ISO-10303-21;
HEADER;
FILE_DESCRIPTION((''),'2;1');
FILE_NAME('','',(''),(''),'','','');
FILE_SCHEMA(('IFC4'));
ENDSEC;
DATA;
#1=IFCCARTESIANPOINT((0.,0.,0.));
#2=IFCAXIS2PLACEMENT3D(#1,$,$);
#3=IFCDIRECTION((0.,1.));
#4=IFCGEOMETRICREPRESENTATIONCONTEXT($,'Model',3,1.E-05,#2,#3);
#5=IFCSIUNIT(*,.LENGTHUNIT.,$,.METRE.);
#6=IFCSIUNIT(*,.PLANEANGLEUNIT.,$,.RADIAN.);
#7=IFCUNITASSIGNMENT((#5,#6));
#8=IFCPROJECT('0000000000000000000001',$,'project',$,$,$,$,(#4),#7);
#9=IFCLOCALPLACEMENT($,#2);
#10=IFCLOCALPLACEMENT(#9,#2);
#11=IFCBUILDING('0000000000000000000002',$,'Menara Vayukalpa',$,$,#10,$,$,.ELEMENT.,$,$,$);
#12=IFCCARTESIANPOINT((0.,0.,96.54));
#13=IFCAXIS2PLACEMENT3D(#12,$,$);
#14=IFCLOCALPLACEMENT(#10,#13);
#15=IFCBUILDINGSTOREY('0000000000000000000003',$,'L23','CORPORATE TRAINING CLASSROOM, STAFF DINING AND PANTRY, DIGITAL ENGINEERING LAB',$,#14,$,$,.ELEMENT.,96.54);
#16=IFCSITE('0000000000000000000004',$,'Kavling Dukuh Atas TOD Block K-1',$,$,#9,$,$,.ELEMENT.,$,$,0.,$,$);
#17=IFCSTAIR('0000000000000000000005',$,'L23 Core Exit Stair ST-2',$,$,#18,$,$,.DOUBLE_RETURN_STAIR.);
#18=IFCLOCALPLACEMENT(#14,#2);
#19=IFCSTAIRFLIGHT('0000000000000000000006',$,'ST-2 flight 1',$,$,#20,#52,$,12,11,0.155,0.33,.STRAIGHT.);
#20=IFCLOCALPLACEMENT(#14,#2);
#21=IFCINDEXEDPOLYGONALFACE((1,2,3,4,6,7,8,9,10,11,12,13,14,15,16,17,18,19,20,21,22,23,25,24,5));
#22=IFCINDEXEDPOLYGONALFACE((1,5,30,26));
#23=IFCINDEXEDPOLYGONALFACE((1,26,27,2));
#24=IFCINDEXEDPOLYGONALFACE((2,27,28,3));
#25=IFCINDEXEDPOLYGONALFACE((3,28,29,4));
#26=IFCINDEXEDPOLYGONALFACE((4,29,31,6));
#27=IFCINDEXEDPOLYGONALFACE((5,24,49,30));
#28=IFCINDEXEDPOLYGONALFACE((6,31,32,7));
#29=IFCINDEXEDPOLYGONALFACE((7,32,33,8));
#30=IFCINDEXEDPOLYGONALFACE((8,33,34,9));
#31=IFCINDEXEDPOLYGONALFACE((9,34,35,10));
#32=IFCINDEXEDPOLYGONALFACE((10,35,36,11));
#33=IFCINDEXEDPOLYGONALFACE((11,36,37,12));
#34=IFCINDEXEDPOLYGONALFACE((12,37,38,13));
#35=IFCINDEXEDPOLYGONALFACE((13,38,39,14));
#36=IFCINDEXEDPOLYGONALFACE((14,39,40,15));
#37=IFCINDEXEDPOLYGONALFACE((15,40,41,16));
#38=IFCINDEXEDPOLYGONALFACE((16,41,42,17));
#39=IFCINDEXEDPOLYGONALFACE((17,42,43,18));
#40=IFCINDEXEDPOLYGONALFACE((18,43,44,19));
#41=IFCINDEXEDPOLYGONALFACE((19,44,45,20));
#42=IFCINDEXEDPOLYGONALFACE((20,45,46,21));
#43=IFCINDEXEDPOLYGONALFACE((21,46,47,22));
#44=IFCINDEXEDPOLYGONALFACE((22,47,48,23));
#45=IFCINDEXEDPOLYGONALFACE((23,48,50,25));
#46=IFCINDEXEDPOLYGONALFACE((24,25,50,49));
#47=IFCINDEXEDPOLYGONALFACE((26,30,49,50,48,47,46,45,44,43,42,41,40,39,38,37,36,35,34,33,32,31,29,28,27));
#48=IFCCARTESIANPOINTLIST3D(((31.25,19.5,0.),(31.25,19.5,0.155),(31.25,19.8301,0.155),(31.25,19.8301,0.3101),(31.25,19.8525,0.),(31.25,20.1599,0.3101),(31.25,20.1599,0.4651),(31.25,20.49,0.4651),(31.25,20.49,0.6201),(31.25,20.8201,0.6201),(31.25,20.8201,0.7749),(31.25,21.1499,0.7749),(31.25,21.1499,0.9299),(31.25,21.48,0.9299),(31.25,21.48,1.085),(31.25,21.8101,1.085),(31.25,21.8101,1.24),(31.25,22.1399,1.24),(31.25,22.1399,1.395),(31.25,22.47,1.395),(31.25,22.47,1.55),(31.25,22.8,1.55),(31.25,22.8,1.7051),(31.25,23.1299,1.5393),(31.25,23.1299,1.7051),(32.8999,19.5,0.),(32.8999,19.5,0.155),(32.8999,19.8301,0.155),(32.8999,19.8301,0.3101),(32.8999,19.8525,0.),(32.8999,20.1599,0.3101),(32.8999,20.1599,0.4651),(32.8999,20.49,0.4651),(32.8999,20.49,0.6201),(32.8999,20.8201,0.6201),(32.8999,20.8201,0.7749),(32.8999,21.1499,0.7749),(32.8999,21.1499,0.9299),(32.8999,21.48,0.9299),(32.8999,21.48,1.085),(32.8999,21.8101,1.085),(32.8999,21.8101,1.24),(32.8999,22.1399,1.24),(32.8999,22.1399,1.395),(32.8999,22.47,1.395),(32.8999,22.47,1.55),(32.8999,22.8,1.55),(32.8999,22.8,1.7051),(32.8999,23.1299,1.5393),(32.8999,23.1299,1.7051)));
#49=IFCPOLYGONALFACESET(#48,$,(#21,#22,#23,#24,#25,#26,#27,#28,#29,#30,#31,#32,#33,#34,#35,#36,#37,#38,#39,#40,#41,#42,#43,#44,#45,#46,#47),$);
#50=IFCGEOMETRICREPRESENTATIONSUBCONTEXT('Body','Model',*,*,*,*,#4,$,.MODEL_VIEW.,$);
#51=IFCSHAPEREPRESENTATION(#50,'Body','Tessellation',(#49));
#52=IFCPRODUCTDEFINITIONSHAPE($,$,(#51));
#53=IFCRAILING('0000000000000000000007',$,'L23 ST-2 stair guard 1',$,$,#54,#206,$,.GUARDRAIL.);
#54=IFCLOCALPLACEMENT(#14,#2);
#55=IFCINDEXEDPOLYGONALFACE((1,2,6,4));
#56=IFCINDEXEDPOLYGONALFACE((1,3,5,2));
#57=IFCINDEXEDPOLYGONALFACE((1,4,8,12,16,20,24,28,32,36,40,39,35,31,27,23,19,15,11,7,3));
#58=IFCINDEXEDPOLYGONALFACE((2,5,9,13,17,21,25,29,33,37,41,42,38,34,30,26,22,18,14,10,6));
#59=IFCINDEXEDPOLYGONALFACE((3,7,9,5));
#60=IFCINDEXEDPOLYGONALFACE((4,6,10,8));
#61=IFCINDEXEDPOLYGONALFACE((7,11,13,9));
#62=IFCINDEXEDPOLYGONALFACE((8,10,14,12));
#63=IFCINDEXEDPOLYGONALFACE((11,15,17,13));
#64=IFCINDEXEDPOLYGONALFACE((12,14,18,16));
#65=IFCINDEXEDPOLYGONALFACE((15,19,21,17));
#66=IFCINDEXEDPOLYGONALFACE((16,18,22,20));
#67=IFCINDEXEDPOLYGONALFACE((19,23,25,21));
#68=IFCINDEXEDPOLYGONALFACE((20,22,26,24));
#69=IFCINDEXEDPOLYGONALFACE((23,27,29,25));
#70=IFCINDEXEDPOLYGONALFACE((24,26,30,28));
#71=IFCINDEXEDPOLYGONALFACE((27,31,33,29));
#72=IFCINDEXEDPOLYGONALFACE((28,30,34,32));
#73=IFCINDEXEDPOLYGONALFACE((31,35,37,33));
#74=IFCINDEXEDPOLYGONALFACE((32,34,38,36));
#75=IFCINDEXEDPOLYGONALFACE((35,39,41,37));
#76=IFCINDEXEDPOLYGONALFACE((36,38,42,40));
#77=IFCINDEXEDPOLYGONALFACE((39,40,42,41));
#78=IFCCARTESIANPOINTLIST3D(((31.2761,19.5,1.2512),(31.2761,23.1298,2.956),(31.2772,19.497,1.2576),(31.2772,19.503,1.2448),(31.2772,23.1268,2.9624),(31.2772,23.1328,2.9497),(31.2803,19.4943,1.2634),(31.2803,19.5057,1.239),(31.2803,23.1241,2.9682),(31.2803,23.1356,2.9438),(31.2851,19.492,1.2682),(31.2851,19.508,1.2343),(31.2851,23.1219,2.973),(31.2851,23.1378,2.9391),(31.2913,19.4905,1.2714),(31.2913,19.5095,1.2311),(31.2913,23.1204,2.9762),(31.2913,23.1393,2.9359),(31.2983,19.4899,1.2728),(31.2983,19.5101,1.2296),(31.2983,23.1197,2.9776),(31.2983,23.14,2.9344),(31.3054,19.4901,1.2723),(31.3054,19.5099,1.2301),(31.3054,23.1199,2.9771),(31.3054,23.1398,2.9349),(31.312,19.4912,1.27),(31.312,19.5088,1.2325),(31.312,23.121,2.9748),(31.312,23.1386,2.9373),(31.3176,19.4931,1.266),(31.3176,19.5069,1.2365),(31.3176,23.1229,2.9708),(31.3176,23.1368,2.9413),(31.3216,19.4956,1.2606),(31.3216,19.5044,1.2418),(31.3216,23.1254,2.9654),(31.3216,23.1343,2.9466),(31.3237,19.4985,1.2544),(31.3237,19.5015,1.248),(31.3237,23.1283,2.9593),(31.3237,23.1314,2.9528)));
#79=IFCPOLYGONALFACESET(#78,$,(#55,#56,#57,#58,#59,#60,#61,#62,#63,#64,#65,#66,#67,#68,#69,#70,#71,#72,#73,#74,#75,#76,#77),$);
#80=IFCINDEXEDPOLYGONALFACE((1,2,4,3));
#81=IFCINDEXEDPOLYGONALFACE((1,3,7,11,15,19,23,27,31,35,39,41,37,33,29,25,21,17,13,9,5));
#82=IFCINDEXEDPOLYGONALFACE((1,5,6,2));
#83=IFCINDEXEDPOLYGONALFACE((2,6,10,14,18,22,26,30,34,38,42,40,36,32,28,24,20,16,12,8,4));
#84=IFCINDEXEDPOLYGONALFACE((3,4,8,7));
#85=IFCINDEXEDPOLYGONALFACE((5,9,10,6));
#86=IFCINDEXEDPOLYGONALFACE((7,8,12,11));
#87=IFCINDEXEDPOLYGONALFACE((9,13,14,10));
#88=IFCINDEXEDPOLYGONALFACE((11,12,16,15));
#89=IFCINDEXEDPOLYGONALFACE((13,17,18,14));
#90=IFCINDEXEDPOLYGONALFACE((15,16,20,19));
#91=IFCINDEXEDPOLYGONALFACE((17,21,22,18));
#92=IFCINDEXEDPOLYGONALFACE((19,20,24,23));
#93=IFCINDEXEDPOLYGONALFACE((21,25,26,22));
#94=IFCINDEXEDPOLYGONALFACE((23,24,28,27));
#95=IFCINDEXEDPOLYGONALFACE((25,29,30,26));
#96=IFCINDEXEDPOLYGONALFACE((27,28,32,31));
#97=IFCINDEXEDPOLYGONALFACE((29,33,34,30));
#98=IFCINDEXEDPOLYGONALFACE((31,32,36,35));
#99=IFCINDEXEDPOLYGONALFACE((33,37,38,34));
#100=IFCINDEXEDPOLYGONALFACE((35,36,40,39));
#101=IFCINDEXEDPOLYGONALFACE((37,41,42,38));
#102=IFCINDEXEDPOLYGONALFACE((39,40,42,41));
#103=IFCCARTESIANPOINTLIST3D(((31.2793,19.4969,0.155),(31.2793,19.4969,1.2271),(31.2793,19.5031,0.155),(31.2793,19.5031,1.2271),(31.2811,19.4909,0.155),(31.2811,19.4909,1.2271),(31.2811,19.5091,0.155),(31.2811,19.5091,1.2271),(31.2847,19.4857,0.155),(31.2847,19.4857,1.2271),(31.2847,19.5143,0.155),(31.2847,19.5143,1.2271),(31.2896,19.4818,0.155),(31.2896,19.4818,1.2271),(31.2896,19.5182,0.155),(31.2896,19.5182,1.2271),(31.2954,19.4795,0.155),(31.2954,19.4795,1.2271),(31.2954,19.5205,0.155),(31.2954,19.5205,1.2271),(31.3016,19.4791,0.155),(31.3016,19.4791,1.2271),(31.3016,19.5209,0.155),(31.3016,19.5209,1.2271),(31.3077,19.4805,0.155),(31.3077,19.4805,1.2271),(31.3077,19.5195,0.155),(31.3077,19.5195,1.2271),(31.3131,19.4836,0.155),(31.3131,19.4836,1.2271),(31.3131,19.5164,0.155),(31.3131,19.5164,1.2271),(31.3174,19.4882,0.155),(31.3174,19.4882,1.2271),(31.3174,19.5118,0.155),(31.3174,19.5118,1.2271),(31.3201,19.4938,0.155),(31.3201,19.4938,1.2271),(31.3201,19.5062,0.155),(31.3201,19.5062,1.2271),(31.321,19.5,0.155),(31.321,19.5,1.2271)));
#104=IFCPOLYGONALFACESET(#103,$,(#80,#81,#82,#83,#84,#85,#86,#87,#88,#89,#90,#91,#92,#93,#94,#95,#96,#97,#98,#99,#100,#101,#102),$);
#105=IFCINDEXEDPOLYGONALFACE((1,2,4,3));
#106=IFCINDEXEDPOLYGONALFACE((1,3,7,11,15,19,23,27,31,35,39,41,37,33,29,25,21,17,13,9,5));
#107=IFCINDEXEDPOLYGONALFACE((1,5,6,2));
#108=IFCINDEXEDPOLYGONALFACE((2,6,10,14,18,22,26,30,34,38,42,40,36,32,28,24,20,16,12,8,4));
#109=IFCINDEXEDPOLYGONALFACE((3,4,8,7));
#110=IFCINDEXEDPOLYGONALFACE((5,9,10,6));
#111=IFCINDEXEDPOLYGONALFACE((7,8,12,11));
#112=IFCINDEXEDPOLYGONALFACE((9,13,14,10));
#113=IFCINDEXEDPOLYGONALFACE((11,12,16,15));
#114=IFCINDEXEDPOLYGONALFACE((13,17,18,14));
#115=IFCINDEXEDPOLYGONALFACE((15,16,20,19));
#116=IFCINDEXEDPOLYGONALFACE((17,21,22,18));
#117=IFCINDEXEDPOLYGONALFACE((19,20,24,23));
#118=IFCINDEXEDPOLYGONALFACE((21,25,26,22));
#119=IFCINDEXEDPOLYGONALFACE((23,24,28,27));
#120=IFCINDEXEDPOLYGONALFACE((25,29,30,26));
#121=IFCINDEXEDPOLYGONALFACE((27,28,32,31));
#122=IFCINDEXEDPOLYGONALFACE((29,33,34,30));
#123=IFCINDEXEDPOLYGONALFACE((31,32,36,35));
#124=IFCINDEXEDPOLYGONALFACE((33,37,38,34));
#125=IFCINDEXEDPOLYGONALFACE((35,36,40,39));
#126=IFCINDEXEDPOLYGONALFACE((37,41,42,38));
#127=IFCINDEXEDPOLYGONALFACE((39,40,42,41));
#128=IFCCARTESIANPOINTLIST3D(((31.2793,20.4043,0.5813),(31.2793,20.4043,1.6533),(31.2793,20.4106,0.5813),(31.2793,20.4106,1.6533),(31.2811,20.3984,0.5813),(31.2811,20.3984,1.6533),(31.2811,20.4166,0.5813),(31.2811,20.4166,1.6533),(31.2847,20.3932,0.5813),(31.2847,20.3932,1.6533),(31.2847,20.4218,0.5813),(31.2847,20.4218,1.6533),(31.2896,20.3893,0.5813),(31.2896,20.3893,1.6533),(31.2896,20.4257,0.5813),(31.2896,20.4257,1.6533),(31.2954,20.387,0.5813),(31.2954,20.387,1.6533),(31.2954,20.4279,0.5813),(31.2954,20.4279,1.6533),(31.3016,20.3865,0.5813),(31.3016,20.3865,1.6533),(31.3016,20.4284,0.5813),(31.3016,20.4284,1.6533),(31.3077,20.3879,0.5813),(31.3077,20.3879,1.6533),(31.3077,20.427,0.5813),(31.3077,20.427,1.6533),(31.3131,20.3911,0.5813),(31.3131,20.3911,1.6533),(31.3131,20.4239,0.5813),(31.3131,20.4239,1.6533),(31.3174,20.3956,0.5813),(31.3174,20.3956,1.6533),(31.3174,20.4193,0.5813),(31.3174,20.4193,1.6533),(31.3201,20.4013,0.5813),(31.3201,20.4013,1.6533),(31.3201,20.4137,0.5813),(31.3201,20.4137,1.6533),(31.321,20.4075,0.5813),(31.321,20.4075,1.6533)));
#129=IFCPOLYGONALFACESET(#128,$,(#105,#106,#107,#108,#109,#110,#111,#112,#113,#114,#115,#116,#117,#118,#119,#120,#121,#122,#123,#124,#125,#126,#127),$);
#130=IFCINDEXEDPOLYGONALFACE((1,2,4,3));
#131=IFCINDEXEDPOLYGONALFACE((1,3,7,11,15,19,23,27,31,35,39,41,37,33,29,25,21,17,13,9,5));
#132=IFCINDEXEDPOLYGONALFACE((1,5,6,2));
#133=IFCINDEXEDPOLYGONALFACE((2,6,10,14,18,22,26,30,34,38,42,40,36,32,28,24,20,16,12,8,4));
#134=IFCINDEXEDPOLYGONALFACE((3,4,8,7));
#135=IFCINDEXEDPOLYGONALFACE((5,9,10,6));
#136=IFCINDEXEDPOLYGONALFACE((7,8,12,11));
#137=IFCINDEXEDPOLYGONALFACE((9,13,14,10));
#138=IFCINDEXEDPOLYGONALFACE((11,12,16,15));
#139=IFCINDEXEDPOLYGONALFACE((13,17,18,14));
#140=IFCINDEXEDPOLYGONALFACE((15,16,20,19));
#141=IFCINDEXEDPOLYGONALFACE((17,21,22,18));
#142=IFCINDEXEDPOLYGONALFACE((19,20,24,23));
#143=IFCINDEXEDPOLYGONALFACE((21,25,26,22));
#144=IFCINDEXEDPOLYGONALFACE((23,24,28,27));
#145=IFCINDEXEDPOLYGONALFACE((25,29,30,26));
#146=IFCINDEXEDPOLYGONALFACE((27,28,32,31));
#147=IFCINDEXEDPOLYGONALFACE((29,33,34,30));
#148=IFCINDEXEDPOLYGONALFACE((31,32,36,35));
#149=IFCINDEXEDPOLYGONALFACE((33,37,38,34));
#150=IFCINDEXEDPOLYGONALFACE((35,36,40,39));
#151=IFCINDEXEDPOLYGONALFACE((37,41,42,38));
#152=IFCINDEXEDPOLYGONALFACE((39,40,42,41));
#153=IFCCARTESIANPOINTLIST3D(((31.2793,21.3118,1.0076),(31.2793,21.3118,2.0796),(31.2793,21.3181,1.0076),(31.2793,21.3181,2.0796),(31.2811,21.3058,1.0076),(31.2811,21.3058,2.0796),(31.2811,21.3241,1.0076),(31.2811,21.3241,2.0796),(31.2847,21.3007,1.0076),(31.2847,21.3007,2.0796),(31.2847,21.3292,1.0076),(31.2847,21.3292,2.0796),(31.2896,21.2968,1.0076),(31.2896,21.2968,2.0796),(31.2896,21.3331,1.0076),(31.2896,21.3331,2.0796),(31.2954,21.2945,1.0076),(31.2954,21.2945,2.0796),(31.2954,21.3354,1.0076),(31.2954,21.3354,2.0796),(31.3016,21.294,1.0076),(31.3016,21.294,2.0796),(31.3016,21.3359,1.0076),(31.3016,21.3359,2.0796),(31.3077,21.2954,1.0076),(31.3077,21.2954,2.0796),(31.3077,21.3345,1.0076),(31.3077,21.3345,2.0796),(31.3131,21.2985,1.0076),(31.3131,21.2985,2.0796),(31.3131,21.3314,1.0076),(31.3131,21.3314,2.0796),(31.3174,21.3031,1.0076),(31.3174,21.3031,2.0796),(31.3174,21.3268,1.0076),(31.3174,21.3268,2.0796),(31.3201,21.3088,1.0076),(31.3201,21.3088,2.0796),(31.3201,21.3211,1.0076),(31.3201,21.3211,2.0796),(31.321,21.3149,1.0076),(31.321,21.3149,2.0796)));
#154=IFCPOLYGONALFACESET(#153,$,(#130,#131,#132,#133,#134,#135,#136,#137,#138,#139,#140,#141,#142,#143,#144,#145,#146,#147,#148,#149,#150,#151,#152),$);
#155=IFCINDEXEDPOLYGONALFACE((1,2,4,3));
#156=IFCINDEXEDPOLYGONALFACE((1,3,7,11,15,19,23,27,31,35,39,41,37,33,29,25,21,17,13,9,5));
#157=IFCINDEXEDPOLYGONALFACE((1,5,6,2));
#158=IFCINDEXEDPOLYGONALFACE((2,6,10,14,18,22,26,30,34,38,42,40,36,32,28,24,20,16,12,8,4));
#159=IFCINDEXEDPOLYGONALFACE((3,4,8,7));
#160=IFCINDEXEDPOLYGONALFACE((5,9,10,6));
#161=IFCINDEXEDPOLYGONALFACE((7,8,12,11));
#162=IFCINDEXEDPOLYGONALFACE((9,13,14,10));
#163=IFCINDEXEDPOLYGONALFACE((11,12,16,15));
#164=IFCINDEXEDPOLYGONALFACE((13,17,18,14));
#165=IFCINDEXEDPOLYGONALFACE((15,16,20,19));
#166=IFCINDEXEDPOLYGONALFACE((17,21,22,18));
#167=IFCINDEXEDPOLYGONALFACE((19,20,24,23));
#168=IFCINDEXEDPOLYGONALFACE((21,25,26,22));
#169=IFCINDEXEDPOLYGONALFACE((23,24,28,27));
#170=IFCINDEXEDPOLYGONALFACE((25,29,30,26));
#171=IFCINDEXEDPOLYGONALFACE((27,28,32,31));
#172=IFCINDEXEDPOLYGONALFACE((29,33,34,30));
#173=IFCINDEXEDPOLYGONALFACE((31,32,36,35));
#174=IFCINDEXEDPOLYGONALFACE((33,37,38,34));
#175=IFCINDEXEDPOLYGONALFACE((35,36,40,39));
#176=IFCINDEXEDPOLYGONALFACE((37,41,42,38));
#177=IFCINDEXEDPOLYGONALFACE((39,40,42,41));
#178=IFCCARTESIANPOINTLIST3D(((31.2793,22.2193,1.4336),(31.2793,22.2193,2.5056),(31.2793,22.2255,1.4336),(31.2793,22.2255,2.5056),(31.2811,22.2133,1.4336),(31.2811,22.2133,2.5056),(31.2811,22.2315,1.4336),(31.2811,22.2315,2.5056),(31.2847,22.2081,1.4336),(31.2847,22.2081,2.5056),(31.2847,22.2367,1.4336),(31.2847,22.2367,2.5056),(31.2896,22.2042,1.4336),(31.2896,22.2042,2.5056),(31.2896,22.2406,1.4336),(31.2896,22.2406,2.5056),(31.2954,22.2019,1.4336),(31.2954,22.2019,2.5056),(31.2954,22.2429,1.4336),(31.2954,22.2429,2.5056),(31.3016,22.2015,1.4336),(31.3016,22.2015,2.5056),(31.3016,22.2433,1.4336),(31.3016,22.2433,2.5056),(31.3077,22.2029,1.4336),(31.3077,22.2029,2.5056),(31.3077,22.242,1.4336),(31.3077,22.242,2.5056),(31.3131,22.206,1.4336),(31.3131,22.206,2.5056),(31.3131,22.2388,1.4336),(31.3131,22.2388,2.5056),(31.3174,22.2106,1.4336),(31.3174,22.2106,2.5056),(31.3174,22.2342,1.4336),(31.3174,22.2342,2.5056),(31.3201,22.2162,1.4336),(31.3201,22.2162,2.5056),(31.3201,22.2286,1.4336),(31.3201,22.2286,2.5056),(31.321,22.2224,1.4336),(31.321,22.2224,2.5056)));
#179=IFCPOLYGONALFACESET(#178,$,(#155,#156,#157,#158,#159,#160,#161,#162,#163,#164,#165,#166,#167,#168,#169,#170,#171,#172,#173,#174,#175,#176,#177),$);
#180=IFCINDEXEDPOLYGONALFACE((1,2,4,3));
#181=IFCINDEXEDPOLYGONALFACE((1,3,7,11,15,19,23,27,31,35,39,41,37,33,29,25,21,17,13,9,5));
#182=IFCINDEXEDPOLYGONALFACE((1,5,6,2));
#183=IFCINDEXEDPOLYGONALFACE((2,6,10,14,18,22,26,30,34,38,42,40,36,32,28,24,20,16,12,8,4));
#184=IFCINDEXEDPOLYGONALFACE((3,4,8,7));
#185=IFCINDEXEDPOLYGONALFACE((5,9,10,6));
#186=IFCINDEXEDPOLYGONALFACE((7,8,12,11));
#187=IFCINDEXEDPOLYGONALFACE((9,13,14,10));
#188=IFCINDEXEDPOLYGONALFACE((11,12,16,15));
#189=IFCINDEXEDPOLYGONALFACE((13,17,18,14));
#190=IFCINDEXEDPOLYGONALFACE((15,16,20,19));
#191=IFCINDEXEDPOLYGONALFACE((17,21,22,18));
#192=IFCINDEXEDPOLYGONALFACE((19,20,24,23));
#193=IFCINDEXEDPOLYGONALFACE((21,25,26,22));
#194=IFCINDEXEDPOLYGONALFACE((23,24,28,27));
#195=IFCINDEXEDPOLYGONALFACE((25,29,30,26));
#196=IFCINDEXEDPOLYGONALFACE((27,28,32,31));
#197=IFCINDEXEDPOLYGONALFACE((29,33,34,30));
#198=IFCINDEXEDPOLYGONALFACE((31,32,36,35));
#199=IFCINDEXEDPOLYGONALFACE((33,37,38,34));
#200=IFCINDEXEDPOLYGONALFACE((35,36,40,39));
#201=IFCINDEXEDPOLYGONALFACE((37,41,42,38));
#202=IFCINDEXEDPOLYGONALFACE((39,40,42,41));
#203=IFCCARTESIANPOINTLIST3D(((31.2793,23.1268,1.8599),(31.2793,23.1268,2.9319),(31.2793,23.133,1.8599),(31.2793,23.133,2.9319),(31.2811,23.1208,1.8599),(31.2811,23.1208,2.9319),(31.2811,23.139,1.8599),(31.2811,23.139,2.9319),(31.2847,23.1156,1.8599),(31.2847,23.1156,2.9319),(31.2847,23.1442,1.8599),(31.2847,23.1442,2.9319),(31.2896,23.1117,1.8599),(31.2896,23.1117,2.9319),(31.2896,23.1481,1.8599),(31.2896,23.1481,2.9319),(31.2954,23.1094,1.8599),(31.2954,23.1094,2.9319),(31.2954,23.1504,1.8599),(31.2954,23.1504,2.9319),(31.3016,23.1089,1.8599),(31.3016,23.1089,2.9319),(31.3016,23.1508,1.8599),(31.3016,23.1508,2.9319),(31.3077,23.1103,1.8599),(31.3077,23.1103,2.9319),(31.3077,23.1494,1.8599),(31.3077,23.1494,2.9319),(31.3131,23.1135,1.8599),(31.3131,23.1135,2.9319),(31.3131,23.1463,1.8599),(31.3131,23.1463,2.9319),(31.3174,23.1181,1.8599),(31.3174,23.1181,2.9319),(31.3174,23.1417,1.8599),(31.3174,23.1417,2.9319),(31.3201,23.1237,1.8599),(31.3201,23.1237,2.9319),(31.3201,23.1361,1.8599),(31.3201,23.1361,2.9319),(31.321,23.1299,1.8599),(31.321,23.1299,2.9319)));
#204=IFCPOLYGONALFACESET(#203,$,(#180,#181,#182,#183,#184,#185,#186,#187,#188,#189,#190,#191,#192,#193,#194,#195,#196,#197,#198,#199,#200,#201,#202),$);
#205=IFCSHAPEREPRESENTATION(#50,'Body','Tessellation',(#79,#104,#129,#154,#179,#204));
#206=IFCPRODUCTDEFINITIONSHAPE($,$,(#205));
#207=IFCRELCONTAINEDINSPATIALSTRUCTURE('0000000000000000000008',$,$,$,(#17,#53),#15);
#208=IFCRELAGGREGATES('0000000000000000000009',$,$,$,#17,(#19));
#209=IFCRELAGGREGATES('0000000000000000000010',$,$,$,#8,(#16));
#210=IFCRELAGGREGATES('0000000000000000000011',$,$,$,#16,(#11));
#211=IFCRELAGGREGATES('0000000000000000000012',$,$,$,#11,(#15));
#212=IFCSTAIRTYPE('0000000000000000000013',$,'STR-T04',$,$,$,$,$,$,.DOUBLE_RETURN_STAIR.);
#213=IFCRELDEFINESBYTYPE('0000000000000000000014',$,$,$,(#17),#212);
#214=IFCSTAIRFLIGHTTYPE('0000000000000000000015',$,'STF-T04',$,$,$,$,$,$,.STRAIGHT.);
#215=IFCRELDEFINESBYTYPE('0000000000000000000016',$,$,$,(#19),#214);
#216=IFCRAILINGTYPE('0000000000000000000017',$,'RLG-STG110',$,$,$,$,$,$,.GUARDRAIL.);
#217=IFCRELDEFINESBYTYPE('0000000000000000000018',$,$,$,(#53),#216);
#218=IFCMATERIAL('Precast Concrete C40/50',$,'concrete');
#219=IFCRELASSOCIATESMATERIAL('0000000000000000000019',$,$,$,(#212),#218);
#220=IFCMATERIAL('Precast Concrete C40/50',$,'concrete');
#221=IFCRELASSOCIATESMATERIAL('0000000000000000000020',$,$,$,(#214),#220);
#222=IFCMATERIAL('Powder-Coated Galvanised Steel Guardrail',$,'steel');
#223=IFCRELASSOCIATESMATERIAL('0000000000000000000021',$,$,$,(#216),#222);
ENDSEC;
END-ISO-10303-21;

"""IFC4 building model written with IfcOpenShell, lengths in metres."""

from ifc_helpers import new_model, si_unit, direction, frame, origin, origin_2d, place, context, subcontext, project, spatial, polyline, circle, outline, extrude, material, type_object, element, aggregate, save


model = new_model("IFC4")

# Units and contexts
model_context = context("Model", 3, precision=1e-05, world=origin(), true_north=direction((0.0, 1.0)))
body_context = subcontext(model_context, "Body", "Model", "MODEL_VIEW")
ifc_project = project(units=[si_unit("LENGTHUNIT", "METRE"), si_unit("PLANEANGLEUNIT", "RADIAN")], contexts=[model_context])

# Site, building, storey
site_placement = place(None, origin())
site = spatial("IfcSite", under=ifc_project, at=site_placement, Name="Kavling Dukuh Atas TOD Block K-1", CompositionType="ELEMENT", RefElevation=0.0)
building_placement = place(site_placement, origin())
building = spatial("IfcBuilding", under=site, at=building_placement, Name="Menara Vayukalpa", CompositionType="ELEMENT")
storey_placement = place(building_placement, frame((0.0, 0.0, 96.54)))
storey = spatial("IfcBuildingStorey", under=building, at=storey_placement, Name="L23", Description="CORPORATE TRAINING CLASSROOM, STAFF DINING AND PANTRY, DIGITAL ENGINEERING LAB", CompositionType="ELEMENT", Elevation=96.54)

# Stair, stair flight
ifc_material_1 = material(Name="Precast Concrete C40/50", Category="concrete")
stair_type = type_object("IfcStairType", Name="STR-T04", PredefinedType="DOUBLE_RETURN_STAIR", material=ifc_material_1)
stair_placement = place(storey_placement, origin())
stair = element("IfcStair", 1, at=stair_placement, inside=storey, type_object=stair_type, Name="L23 Core Exit Stair ST-2", PredefinedType="DOUBLE_RETURN_STAIR")
ifc_material_2 = material(Name="Precast Concrete C40/50", Category="concrete")
stair_flight_type = type_object("IfcStairFlightType", Name="STF-T04", PredefinedType="STRAIGHT", material=ifc_material_2)
stair_flight_placement = place(storey_placement, frame((32.075, 19.5, 0.0), z_axis=(0.0, 0.0, 1.0), x_axis=(0.0, 1.0, 0.0)))
stair_flight = element("IfcStairFlight", 2, at=stair_flight_placement, type_object=stair_flight_type, Name="ST-2 flight 1", NumberOfRisers=12, NumberOfTreads=11, PredefinedType="STRAIGHT", RiserHeight=0.155, TreadLength=0.33, context=body_context, shape_type="SweptSolid", body=[
    extrude(outline(polyline([(0.0, 0.0), (0.0, 0.155), (0.3301, 0.155), (0.3301, 0.3101), (0.6599, 0.3101), (0.6599, 0.4651), (0.99, 0.4651), (0.99, 0.6201), (1.3201, 0.6201), (1.3201, 0.7749), (1.6499, 0.7749), (1.6499, 0.9299), (1.98, 0.9299), (1.98, 1.085), (2.3101, 1.085), (2.3101, 1.24), (2.6399, 1.24), (2.6399, 1.395), (2.97, 1.395), (2.97, 1.55), (3.3, 1.55), (3.3, 1.7051), (3.6299, 1.7051), (3.6299, 1.8601), (3.6299, 1.5393), (0.3525, 0.0), (0.0, 0.0)])), frame((0.0, 0.825, 0.0), z_axis=(0.0, -1.0, 0.0), x_axis=(1.0, 0.0, 0.0)), (0.0, 0.0, 1.0), 1.6499),
])
aggregate(stair, [stair_flight])

# Railing
ifc_material_3 = material(Name="Powder-Coated Galvanised Steel Guardrail", Category="steel")
railing_type_1 = type_object("IfcRailingType", Name="RLG-STG110", PredefinedType="GUARDRAIL", material=ifc_material_3)
railing_1_placement = place(storey_placement, frame((31.3, 19.5, 0.155)))
element("IfcRailing", 3, at=railing_1_placement, inside=storey, type_object=railing_type_1, Name="L23 ST-2 stair guard 1", PredefinedType="GUARDRAIL", context=body_context, shape_type="SweptSolid", body=[
    extrude(circle(Radius=0.0239, at=origin_2d()), frame((0.0, 0.0, 1.0962), z_axis=(0.0, 0.90514, 0.425114), x_axis=(-1.0, 0.0, 0.0)), (0.0, 0.0, 1.0), 4.0103),
    extrude(circle(Radius=0.021, at=origin_2d()), origin(), (0.0, 0.0, 1.0), 1.072),
    extrude(circle(Radius=0.021, at=origin_2d()), frame((0.0, 0.9075, 0.4263)), (0.0, 0.0, 1.0), 1.072),
    extrude(circle(Radius=0.021, at=origin_2d()), frame((0.0, 1.8149, 0.8525)), (0.0, 0.0, 1.0), 1.072),
    extrude(circle(Radius=0.021, at=origin_2d()), frame((0.0, 2.7224, 1.2786)), (0.0, 0.0, 1.0), 1.072),
    extrude(circle(Radius=0.021, at=origin_2d()), frame((0.0, 3.6299, 1.7048)), (0.0, 0.0, 1.0), 1.072),
])

save(model, "model.ifc")
